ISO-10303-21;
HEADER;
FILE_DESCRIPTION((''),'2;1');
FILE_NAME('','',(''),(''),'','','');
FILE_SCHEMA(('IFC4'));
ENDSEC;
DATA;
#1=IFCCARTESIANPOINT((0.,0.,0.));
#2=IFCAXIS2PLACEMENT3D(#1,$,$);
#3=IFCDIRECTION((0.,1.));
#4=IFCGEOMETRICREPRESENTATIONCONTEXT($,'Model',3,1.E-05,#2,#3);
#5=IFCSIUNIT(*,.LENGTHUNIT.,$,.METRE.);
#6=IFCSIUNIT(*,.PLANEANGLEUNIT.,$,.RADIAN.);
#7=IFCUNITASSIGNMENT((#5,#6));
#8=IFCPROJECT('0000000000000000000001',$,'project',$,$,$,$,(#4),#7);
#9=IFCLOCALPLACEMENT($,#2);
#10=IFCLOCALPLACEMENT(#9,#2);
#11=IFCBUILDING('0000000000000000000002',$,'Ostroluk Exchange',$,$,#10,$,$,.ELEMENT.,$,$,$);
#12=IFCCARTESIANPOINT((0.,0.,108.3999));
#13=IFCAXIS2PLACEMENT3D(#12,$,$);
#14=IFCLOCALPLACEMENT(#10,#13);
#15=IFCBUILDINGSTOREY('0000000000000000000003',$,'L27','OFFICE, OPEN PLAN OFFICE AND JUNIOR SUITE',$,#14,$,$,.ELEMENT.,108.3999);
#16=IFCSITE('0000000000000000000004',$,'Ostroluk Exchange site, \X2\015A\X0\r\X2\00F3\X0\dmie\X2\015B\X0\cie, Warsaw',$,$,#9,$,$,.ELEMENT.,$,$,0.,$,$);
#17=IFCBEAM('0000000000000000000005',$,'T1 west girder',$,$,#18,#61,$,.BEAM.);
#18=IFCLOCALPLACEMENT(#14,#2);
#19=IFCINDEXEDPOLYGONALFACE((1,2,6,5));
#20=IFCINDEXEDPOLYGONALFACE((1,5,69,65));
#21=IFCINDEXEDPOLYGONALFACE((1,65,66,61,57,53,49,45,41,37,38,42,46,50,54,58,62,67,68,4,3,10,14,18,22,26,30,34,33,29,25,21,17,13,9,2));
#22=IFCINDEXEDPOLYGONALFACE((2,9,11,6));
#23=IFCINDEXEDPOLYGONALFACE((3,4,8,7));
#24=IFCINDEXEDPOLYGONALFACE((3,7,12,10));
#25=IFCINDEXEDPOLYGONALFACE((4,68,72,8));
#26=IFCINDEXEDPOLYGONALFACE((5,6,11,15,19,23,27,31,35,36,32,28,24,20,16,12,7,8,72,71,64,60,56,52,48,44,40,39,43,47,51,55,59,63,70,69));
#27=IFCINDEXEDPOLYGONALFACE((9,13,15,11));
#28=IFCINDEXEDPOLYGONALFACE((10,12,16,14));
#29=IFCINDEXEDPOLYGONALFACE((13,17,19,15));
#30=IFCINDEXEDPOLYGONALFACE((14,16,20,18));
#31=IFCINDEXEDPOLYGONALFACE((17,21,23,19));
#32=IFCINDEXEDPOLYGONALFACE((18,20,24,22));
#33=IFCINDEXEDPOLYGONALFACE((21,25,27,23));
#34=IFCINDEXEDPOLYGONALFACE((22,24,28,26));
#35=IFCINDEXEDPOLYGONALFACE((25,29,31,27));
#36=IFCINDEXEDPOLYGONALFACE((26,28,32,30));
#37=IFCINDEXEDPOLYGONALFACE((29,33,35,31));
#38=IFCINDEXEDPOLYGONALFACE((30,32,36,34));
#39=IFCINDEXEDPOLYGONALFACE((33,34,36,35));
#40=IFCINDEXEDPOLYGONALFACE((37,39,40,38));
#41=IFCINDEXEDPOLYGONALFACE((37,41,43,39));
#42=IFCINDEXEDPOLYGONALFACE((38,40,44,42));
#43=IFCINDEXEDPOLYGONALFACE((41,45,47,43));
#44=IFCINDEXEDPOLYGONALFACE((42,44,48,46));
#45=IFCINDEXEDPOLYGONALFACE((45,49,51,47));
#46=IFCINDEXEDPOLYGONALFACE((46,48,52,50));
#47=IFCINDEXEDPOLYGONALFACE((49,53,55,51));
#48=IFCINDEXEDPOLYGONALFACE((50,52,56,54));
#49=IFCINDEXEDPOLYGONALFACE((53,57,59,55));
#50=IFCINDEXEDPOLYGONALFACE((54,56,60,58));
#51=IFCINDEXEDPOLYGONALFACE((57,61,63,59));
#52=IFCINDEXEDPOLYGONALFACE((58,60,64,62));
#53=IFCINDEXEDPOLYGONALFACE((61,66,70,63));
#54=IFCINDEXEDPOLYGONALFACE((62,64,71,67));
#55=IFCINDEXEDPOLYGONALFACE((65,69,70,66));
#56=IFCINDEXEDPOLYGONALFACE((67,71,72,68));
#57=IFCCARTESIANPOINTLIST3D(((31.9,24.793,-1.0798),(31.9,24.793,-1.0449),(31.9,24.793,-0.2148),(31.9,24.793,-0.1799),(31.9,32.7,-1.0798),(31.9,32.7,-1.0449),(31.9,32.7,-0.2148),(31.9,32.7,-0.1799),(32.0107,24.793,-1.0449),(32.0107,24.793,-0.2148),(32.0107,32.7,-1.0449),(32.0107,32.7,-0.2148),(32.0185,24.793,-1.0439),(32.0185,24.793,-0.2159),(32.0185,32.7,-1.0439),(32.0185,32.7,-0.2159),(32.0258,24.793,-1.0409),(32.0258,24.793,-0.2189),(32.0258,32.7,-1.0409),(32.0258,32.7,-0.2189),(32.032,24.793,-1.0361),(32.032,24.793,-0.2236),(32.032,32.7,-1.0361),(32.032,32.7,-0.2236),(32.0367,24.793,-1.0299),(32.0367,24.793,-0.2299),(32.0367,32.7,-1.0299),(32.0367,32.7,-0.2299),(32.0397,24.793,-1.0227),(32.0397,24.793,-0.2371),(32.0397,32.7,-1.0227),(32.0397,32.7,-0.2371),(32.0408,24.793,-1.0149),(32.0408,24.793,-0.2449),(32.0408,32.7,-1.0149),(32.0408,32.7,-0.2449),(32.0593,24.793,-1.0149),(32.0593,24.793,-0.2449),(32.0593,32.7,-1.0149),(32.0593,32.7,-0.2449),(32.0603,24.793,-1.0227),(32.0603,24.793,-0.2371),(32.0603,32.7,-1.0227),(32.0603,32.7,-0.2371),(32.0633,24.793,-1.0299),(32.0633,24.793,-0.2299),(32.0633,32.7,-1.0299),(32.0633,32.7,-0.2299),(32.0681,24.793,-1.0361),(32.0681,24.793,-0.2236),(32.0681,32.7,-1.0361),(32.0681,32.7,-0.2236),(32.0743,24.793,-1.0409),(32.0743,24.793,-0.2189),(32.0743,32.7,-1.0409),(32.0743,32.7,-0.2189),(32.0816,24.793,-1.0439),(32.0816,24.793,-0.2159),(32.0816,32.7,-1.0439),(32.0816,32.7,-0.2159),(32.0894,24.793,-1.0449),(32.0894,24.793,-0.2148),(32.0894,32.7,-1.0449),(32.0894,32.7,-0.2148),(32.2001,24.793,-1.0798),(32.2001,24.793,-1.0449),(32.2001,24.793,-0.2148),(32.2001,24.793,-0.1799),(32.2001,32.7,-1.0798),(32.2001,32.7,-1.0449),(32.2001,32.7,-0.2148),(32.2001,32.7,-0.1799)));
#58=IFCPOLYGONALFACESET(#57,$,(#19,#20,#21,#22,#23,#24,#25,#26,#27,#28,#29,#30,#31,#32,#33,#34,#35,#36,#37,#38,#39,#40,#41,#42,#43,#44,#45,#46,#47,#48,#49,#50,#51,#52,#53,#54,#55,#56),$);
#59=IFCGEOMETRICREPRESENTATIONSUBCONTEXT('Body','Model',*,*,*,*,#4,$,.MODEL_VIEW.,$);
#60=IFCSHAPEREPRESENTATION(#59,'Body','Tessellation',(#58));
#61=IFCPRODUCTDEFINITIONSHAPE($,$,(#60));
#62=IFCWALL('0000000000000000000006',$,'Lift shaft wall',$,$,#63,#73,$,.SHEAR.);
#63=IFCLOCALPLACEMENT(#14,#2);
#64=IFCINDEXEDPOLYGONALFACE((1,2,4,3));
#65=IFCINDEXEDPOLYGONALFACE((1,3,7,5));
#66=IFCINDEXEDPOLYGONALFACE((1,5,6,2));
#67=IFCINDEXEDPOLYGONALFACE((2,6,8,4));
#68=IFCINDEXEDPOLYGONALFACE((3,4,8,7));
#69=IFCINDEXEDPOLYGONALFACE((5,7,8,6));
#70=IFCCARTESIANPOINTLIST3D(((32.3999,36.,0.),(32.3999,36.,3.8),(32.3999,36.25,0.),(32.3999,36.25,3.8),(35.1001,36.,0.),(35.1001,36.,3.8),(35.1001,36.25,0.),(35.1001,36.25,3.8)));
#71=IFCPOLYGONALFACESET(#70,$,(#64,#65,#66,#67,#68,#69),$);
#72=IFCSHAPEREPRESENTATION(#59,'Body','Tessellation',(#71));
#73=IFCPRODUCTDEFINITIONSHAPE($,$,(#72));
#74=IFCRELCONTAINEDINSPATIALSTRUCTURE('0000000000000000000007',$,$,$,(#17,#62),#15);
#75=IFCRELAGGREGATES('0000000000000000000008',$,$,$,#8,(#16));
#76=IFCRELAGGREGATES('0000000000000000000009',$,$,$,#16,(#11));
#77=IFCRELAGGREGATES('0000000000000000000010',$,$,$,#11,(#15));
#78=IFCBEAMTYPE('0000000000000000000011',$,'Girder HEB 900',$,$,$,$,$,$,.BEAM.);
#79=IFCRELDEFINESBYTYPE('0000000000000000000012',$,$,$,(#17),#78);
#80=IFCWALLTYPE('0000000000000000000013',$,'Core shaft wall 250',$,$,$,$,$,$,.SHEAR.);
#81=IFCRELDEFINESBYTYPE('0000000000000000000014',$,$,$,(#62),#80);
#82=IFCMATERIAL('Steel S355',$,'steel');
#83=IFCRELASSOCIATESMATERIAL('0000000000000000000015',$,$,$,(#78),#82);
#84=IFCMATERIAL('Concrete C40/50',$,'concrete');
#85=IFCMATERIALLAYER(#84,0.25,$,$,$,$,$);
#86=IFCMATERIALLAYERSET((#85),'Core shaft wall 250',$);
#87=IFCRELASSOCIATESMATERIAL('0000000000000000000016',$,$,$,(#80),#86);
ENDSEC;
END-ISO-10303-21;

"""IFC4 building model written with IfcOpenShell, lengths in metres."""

from ifc_helpers import new_model, si_unit, direction, frame, frame_2d, origin, origin_2d, place, context, subcontext, project, spatial, rectangle, i_section, extrude, material, layer, layer_set, material_profile, profile_set, type_object, element, save


model = new_model("IFC4")

# Units and contexts
model_context = context("Model", 3, precision=1e-05, world=origin(), true_north=direction((0.0, 1.0)))
body_context = subcontext(model_context, "Body", "Model", "MODEL_VIEW")
ifc_project = project(units=[si_unit("LENGTHUNIT", "METRE"), si_unit("PLANEANGLEUNIT", "RADIAN")], contexts=[model_context])

# Site, building, storey
site_placement = place(None, origin())
site = spatial("IfcSite", under=ifc_project, at=site_placement, Name="Ostroluk Exchange site, Śródmieście, Warsaw", CompositionType="ELEMENT", RefElevation=0.0)
building_placement = place(site_placement, origin())
building = spatial("IfcBuilding", under=site, at=building_placement, Name="Ostroluk Exchange", CompositionType="ELEMENT")
storey_placement = place(building_placement, frame((0.0, 0.0, 108.3999)))
storey = spatial("IfcBuildingStorey", under=building, at=storey_placement, Name="L27", Description="OFFICE, OPEN PLAN OFFICE AND JUNIOR SUITE", CompositionType="ELEMENT", Elevation=108.3999)

# Beam
ifc_material_1 = material(Name="Steel S355", Category="steel")
ifc_material_profile = material_profile(ifc_material_1, i_section(OverallWidth=0.3, OverallDepth=0.8999, WebThickness=0.0186, FlangeThickness=0.0349, FilletRadius=0.03, at=origin_2d()), Name="HEB 900")
ifc_profile_set = profile_set([ifc_material_profile], Name="Steel S355")
beam_type = type_object("IfcBeamType", Name="Girder HEB 900", PredefinedType="BEAM", material=ifc_profile_set)
beam_placement = place(storey_placement, frame((32.05, 32.7, -0.6299), z_axis=(0.0, -1.0, 0.0), x_axis=(1.0, 0.0, 0.0)))
element("IfcBeam", 1, at=beam_placement, inside=storey, type_object=beam_type, Name="T1 west girder", PredefinedType="BEAM", context=body_context, shape_type="SweptSolid", body=[
    extrude(i_section(OverallWidth=0.3, OverallDepth=0.8999, WebThickness=0.0186, FlangeThickness=0.0349, FilletRadius=0.03, at=origin_2d()), origin(), (0.0, 0.0, 1.0), 7.907),
])

# Wall
ifc_material_2 = material(Name="Concrete C40/50", Category="concrete")
ifc_layer_1 = layer(ifc_material_2, 0.25)
ifc_layer_set_1 = layer_set([ifc_layer_1], Name="Core shaft wall 250")
wall_type_1 = type_object("IfcWallType", Name="Core shaft wall 250", PredefinedType="SHEAR", material=ifc_layer_set_1)
wall_1_placement = place(storey_placement, frame((32.3999, 36.125, 0.0), z_axis=(0.0, 0.0, 1.0), x_axis=(1.0, 0.0, 0.0)))
element("IfcWall", 2, at=wall_1_placement, inside=storey, type_object=wall_type_1, Name="Lift shaft wall", PredefinedType="SHEAR", context=body_context, shape_type="SweptSolid", body=[
    extrude(rectangle(XDim=2.7002, YDim=0.25, at=frame_2d((1.3501, 0.0))), origin(), (0.0, 0.0, 1.0), 3.8),
])

save(model, "model.ifc")
